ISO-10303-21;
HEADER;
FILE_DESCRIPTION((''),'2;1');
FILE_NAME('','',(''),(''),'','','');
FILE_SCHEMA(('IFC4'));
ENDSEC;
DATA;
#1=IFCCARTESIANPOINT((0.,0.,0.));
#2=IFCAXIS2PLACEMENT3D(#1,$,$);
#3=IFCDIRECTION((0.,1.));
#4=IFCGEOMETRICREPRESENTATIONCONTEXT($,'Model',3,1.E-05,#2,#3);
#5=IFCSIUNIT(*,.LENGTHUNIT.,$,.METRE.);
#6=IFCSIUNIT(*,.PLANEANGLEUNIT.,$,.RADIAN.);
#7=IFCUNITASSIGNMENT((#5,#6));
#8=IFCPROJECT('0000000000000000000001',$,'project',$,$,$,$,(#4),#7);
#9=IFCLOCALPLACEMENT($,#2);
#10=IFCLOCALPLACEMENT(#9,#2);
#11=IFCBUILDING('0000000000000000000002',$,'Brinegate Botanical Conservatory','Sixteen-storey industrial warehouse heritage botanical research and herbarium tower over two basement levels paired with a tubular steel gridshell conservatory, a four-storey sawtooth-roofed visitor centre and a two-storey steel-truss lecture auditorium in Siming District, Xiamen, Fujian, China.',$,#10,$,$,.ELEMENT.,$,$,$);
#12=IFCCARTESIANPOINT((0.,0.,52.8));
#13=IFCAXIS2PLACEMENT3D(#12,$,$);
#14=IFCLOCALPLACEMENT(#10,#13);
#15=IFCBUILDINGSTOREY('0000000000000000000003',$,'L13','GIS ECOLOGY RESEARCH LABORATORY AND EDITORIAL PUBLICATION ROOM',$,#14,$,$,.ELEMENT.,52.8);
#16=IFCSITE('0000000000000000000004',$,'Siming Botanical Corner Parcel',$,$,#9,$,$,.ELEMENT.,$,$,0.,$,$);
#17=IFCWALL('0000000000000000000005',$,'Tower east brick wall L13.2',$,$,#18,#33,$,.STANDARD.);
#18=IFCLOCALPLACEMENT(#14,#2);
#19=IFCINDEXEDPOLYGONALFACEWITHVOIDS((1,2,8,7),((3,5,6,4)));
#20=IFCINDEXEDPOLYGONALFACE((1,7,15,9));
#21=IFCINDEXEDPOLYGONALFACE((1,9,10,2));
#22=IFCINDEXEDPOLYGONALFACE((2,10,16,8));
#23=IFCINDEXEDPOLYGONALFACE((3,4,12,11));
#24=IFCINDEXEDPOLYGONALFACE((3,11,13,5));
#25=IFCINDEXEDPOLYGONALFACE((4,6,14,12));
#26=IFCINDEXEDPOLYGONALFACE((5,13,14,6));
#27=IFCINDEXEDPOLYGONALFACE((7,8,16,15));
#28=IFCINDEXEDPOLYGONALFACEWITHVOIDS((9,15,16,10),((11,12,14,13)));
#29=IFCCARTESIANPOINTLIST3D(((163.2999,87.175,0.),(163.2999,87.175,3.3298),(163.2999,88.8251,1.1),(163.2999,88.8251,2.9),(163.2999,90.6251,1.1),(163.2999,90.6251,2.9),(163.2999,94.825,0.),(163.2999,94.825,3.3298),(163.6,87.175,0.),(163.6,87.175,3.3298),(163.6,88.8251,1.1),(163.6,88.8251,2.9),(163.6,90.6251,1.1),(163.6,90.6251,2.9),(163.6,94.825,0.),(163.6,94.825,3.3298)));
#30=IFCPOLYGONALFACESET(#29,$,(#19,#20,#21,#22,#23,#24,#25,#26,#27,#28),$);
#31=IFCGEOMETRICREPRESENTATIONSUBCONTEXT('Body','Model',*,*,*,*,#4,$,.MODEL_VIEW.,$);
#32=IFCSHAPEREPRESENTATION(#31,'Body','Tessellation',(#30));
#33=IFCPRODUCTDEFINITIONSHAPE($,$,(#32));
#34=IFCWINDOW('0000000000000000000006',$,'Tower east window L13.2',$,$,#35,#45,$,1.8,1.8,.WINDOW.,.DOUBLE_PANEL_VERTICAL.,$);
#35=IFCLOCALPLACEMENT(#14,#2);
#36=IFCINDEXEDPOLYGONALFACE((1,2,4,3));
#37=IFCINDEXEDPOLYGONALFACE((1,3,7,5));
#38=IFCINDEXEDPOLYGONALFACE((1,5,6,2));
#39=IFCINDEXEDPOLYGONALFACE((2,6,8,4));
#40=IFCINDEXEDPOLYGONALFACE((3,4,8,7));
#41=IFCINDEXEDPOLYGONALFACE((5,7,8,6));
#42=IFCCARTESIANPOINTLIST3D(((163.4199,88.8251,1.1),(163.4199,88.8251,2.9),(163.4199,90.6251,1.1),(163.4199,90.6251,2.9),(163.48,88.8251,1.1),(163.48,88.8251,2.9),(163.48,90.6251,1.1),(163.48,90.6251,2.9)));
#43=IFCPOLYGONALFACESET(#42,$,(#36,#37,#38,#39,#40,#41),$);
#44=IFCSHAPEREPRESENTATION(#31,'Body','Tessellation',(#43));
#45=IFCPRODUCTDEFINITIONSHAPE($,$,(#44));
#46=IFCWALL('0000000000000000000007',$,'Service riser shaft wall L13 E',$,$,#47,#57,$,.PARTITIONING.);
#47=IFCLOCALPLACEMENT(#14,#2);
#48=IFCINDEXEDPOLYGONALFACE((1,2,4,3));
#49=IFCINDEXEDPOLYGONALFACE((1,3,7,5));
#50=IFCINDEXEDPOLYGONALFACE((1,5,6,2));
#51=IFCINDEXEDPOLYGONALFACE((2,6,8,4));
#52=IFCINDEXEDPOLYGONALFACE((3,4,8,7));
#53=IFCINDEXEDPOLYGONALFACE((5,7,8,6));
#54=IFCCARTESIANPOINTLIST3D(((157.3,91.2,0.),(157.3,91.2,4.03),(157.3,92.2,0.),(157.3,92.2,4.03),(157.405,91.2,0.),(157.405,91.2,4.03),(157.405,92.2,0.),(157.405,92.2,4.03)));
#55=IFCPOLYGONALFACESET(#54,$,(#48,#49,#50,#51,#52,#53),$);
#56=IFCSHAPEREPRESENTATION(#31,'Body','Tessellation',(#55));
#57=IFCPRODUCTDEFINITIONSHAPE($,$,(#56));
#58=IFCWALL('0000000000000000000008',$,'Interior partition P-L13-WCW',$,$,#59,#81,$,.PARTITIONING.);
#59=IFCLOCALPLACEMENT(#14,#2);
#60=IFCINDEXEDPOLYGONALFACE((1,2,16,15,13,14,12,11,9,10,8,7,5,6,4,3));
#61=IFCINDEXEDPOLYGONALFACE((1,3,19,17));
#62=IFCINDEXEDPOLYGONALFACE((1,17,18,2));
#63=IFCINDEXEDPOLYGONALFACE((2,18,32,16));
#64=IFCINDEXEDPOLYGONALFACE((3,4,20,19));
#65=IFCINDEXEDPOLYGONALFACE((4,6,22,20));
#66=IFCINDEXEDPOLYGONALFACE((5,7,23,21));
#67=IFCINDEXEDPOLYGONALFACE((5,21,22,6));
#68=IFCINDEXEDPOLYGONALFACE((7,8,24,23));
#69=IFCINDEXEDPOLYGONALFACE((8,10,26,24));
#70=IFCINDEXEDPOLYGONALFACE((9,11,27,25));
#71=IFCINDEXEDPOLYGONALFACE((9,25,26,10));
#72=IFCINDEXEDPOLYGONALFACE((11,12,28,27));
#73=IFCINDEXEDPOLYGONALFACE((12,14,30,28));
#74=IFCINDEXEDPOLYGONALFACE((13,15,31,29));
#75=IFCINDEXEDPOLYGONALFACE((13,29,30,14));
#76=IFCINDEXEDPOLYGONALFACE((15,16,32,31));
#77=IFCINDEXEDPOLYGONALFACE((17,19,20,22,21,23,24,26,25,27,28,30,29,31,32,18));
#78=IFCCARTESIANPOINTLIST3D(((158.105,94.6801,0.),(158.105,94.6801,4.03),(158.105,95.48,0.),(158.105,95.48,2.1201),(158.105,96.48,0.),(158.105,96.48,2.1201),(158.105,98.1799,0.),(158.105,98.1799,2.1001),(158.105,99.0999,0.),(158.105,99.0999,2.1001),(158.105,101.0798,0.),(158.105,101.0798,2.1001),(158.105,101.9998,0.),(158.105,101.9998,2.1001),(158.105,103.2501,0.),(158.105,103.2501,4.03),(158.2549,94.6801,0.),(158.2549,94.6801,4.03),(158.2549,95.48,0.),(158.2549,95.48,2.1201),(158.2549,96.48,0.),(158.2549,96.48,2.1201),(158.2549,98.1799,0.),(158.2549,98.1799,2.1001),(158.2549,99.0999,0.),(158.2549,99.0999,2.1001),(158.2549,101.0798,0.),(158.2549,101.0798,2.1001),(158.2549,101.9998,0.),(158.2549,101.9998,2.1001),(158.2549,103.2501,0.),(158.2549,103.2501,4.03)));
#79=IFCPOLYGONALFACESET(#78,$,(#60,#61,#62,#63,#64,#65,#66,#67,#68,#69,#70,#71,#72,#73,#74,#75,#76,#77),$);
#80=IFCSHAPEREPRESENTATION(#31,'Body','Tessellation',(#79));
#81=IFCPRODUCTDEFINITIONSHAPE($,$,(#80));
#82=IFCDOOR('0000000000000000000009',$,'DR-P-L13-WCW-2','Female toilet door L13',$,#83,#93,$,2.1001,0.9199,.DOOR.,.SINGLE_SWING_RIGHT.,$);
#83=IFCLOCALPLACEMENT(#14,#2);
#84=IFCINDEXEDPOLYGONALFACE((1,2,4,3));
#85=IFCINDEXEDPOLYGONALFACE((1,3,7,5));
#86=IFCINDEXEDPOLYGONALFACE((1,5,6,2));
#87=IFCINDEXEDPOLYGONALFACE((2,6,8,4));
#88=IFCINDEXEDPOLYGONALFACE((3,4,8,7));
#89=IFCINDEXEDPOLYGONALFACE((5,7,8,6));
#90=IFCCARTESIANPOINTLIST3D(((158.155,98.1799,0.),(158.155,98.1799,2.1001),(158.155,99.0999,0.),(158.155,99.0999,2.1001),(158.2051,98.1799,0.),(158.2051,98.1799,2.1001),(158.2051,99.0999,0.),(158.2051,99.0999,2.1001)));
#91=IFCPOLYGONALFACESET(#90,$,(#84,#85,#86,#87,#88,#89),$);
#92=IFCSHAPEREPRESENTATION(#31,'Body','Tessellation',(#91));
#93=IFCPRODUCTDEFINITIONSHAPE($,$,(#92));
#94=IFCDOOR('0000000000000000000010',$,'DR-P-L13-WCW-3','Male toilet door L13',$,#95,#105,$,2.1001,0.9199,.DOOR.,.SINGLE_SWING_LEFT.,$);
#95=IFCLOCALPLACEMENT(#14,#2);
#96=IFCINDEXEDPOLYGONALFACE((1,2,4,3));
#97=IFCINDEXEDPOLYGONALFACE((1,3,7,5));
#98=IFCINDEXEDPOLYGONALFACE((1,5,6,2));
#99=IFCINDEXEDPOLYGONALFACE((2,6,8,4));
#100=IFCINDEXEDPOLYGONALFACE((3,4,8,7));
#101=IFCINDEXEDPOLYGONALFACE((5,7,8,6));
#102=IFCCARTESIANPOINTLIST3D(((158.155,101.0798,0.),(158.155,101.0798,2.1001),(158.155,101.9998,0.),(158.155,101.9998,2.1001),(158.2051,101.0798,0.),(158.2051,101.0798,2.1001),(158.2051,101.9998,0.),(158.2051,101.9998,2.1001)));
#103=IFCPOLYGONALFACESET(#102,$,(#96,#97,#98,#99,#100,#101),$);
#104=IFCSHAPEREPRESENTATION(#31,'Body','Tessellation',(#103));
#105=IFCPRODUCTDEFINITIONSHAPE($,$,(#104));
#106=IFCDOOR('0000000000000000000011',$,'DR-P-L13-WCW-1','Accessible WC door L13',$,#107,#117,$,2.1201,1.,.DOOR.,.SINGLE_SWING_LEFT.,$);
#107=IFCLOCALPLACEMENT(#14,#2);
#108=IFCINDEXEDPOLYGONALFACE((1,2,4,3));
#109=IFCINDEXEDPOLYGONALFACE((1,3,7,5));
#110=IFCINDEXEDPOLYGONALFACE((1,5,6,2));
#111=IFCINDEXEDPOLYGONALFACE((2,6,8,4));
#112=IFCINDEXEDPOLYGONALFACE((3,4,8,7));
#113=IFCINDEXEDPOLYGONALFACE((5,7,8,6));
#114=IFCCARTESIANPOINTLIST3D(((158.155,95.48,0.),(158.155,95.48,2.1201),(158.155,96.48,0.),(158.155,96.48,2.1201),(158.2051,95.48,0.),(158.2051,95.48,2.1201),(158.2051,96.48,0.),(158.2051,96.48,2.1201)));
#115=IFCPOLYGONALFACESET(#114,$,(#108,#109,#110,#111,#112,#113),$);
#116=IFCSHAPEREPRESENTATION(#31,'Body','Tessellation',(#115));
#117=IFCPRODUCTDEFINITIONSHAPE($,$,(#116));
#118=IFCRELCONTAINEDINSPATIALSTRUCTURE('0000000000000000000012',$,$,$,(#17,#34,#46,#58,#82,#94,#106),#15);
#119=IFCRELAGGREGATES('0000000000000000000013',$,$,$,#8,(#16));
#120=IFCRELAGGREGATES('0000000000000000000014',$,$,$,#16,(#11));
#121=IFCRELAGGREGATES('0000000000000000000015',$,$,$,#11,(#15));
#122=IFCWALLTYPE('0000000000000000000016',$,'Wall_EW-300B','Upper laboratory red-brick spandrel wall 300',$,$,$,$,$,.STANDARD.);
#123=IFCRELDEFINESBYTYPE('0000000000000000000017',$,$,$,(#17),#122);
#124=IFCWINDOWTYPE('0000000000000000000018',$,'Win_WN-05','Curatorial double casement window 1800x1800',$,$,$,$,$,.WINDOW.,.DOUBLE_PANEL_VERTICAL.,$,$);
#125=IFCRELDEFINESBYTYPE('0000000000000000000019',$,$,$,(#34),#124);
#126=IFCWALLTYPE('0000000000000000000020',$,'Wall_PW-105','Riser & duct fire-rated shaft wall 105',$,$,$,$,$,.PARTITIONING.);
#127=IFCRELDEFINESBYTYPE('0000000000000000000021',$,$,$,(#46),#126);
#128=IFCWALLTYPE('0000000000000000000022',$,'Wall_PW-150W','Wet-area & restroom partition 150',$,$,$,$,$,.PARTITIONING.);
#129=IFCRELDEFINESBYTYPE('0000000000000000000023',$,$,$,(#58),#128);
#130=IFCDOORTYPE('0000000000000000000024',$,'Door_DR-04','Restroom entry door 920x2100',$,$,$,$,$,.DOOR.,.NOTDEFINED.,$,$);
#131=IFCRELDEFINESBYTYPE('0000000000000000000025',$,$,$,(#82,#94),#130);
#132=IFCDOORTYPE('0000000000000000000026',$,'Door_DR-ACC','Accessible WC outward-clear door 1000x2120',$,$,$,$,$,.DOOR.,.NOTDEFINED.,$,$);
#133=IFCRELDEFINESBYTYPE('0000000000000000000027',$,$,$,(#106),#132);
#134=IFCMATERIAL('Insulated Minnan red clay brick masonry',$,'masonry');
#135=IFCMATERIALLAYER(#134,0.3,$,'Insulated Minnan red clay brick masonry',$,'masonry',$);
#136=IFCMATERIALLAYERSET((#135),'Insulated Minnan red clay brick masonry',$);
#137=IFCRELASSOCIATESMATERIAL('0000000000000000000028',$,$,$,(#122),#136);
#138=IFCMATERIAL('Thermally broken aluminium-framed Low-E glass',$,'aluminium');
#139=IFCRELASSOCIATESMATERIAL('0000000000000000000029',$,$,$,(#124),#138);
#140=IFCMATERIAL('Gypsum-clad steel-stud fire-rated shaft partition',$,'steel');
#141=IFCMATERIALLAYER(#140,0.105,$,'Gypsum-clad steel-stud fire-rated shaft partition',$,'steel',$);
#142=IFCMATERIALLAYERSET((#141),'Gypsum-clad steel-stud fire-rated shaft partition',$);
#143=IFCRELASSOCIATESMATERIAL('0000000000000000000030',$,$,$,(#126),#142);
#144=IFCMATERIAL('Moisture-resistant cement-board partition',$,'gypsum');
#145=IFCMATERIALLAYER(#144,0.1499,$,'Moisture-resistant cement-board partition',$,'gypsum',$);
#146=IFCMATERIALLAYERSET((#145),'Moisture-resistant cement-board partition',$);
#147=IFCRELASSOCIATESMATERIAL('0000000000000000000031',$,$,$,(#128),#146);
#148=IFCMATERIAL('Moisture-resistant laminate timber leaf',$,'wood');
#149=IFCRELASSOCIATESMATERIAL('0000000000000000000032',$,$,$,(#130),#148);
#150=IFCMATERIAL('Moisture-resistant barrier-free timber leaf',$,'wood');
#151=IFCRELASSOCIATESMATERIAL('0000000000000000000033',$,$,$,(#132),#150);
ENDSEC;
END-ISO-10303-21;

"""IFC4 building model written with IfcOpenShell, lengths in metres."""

from ifc_helpers import new_model, si_unit, direction, frame, frame_2d, origin, place, context, subcontext, project, spatial, rectangle, extrude, material, layer, layer_set, type_object, element, fill, save


model = new_model("IFC4")

# Units and contexts
model_context = context("Model", 3, precision=1e-05, world=origin(), true_north=direction((0.0, 1.0)))
body_context = subcontext(model_context, "Body", "Model", "MODEL_VIEW")
ifc_project = project(units=[si_unit("LENGTHUNIT", "METRE"), si_unit("PLANEANGLEUNIT", "RADIAN")], contexts=[model_context])

# Site, building, storey
site_placement = place(None, origin())
site = spatial("IfcSite", under=ifc_project, at=site_placement, Name="Siming Botanical Corner Parcel", CompositionType="ELEMENT", RefElevation=0.0)
building_placement = place(site_placement, origin())
building = spatial("IfcBuilding", under=site, at=building_placement, Name="Brinegate Botanical Conservatory", Description="Sixteen-storey industrial warehouse heritage botanical research and herbarium tower over two basement levels paired with a tubular steel gridshell conservatory, a four-storey sawtooth-roofed visitor centre and a two-storey steel-truss lecture auditorium in Siming District, Xiamen, Fujian, China.", CompositionType="ELEMENT")
storey_placement = place(building_placement, frame((0.0, 0.0, 52.8)))
storey = spatial("IfcBuildingStorey", under=building, at=storey_placement, Name="L13", Description="GIS ECOLOGY RESEARCH LABORATORY AND EDITORIAL PUBLICATION ROOM", CompositionType="ELEMENT", Elevation=52.8)

# Wall, opening, window
ifc_material_1 = material(Name="Insulated Minnan red clay brick masonry", Category="masonry")
ifc_layer_1 = layer(ifc_material_1, 0.3, Name="Insulated Minnan red clay brick masonry", Category="masonry")
ifc_layer_set_1 = layer_set([ifc_layer_1], Name="Insulated Minnan red clay brick masonry")
wall_type_1 = type_object("IfcWallType", Name="Wall_EW-300B", Description="Upper laboratory red-brick spandrel wall 300", PredefinedType="STANDARD", material=ifc_layer_set_1)
wall_1_placement = place(storey_placement, frame((163.45, 94.825, 0.0), z_axis=(0.0, 0.0, 1.0), x_axis=(0.0, -1.0, 0.0)))
wall_1 = element("IfcWall", 1, at=wall_1_placement, inside=storey, type_object=wall_type_1, Name="Tower east brick wall L13.2", PredefinedType="STANDARD", context=body_context, shape_type="SweptSolid", body=[
    extrude(rectangle(XDim=7.6499, YDim=0.3, at=frame_2d((3.825, 0.0))), origin(), (0.0, 0.0, 1.0), 3.3298),
])
opening_1_placement = place(wall_1_placement, frame((4.2, 0.0, 1.1001)))
opening_1 = element("IfcOpeningElement", 2, at=opening_1_placement, cuts=wall_1, PredefinedType="OPENING", context=body_context, shape_type="SweptSolid", body=[
    extrude(rectangle(XDim=1.8, YDim=1.8, at=frame_2d((0.8999, 0.8999))), frame((0.0, 0.1599, 0.0), z_axis=(0.0, -1.0, 0.0), x_axis=(1.0, 0.0, 0.0)), (0.0, 0.0, 1.0), 0.3201),
])
ifc_material_2 = material(Name="Thermally broken aluminium-framed Low-E glass", Category="aluminium")
window_type = type_object("IfcWindowType", Name="Win_WN-05", Description="Curatorial double casement window 1800x1800", PartitioningType="DOUBLE_PANEL_VERTICAL", PredefinedType="WINDOW", material=ifc_material_2)
window_placement = place(opening_1_placement, origin())
window = element("IfcWindow", 3, at=window_placement, inside=storey, type_object=window_type, Name="Tower east window L13.2", OverallHeight=1.8, OverallWidth=1.8, PartitioningType="DOUBLE_PANEL_VERTICAL", PredefinedType="WINDOW", context=body_context, shape_type="SweptSolid", body=[
    extrude(rectangle(XDim=1.8, YDim=1.8, at=frame_2d((0.8999, 0.8999))), frame((0.0, 0.03, 0.0), z_axis=(0.0, -1.0, 0.0), x_axis=(1.0, 0.0, 0.0)), (0.0, 0.0, 1.0), 0.0601),
])
fill(opening_1, window)

# Wall
ifc_material_3 = material(Name="Gypsum-clad steel-stud fire-rated shaft partition", Category="steel")
ifc_layer_2 = layer(ifc_material_3, 0.105, Name="Gypsum-clad steel-stud fire-rated shaft partition", Category="steel")
ifc_layer_set_2 = layer_set([ifc_layer_2], Name="Gypsum-clad steel-stud fire-rated shaft partition")
wall_type_2 = type_object("IfcWallType", Name="Wall_PW-105", Description="Riser & duct fire-rated shaft wall 105", PredefinedType="PARTITIONING", material=ifc_layer_set_2)
wall_2_placement = place(storey_placement, frame((157.3525, 91.2, 0.0), z_axis=(0.0, 0.0, 1.0), x_axis=(0.0, 1.0, 0.0)))
element("IfcWall", 4, at=wall_2_placement, inside=storey, type_object=wall_type_2, Name="Service riser shaft wall L13 E", PredefinedType="PARTITIONING", context=body_context, shape_type="SweptSolid", body=[
    extrude(rectangle(XDim=1.0, YDim=0.105, at=frame_2d((0.5, 0.0))), origin(), (0.0, 0.0, 1.0), 4.03),
])

# Wall, openings, doors
ifc_material_4 = material(Name="Moisture-resistant cement-board partition", Category="gypsum")
ifc_layer_3 = layer(ifc_material_4, 0.1499, Name="Moisture-resistant cement-board partition", Category="gypsum")
ifc_layer_set_3 = layer_set([ifc_layer_3], Name="Moisture-resistant cement-board partition")
wall_type_3 = type_object("IfcWallType", Name="Wall_PW-150W", Description="Wet-area & restroom partition 150", PredefinedType="PARTITIONING", material=ifc_layer_set_3)
wall_3_placement = place(storey_placement, frame((158.1799, 94.6799, 0.0), z_axis=(0.0, 0.0, 1.0), x_axis=(0.0, 1.0, 0.0)))
wall_3 = element("IfcWall", 5, at=wall_3_placement, inside=storey, type_object=wall_type_3, Name="Interior partition P-L13-WCW", PredefinedType="PARTITIONING", context=body_context, shape_type="SweptSolid", body=[
    extrude(rectangle(XDim=8.5701, YDim=0.1499, at=frame_2d((4.2852, 0.0))), origin(), (0.0, 0.0, 1.0), 4.03),
])
opening_2_placement = place(wall_3_placement, frame((0.8, 0.0, 0.0)))
opening_2 = element("IfcOpeningElement", 6, at=opening_2_placement, cuts=wall_3, PredefinedType="OPENING", context=body_context, shape_type="SweptSolid", body=[
    extrude(rectangle(XDim=1.0, YDim=2.1201, at=frame_2d((0.5, 1.0601))), frame((0.0, 0.085, 0.0), z_axis=(0.0, -1.0, 0.0), x_axis=(1.0, 0.0, 0.0)), (0.0, 0.0, 1.0), 0.1699),
])
opening_3_placement = place(wall_3_placement, frame((3.5, 0.0, 0.0)))
opening_3 = element("IfcOpeningElement", 7, at=opening_3_placement, cuts=wall_3, PredefinedType="OPENING", context=body_context, shape_type="SweptSolid", body=[
    extrude(rectangle(XDim=0.9199, YDim=2.1001, at=frame_2d((0.46, 1.05))), frame((0.0, 0.085, 0.0), z_axis=(0.0, -1.0, 0.0), x_axis=(1.0, 0.0, 0.0)), (0.0, 0.0, 1.0), 0.1699),
])
opening_4_placement = place(wall_3_placement, frame((6.3999, 0.0, 0.0)))
opening_4 = element("IfcOpeningElement", 8, at=opening_4_placement, cuts=wall_3, PredefinedType="OPENING", context=body_context, shape_type="SweptSolid", body=[
    extrude(rectangle(XDim=0.9199, YDim=2.1001, at=frame_2d((0.46, 1.05))), frame((0.0, 0.085, 0.0), z_axis=(0.0, -1.0, 0.0), x_axis=(1.0, 0.0, 0.0)), (0.0, 0.0, 1.0), 0.1699),
])
ifc_material_5 = material(Name="Moisture-resistant laminate timber leaf", Category="wood")
door_type_1 = type_object("IfcDoorType", Name="Door_DR-04", Description="Restroom entry door 920x2100", OperationType="NOTDEFINED", PredefinedType="DOOR", material=ifc_material_5)
door_1_placement = place(opening_3_placement, origin())
door_1 = element("IfcDoor", 9, at=door_1_placement, inside=storey, type_object=door_type_1, Name="DR-P-L13-WCW-2", Description="Female toilet door L13", OperationType="SINGLE_SWING_RIGHT", OverallHeight=2.1001, OverallWidth=0.9199, PredefinedType="DOOR", context=body_context, shape_type="SweptSolid", body=[
    extrude(rectangle(XDim=0.9199, YDim=2.1001, at=frame_2d((0.46, 1.05))), frame((0.0, 0.0249, 0.0), z_axis=(0.0, -1.0, 0.0), x_axis=(1.0, 0.0, 0.0)), (0.0, 0.0, 1.0), 0.05),
])
fill(opening_3, door_1)
door_2_placement = place(opening_4_placement, origin())
door_2 = element("IfcDoor", 10, at=door_2_placement, inside=storey, type_object=door_type_1, Name="DR-P-L13-WCW-3", Description="Male toilet door L13", OperationType="SINGLE_SWING_LEFT", OverallHeight=2.1001, OverallWidth=0.9199, PredefinedType="DOOR", context=body_context, shape_type="SweptSolid", body=[
    extrude(rectangle(XDim=0.9199, YDim=2.1001, at=frame_2d((0.46, 1.05))), frame((0.0, 0.0249, 0.0), z_axis=(0.0, -1.0, 0.0), x_axis=(1.0, 0.0, 0.0)), (0.0, 0.0, 1.0), 0.05),
])
fill(opening_4, door_2)
ifc_material_6 = material(Name="Moisture-resistant barrier-free timber leaf", Category="wood")
door_type_2 = type_object("IfcDoorType", Name="Door_DR-ACC", Description="Accessible WC outward-clear door 1000x2120", OperationType="NOTDEFINED", PredefinedType="DOOR", material=ifc_material_6)
door_3_placement = place(opening_2_placement, origin())
door_3 = element("IfcDoor", 11, at=door_3_placement, inside=storey, type_object=door_type_2, Name="DR-P-L13-WCW-1", Description="Accessible WC door L13", OperationType="SINGLE_SWING_LEFT", OverallHeight=2.1201, OverallWidth=1.0, PredefinedType="DOOR", context=body_context, shape_type="SweptSolid", body=[
    extrude(rectangle(XDim=1.0, YDim=2.1201, at=frame_2d((0.5, 1.0601))), frame((0.0, 0.0249, 0.0), z_axis=(0.0, -1.0, 0.0), x_axis=(1.0, 0.0, 0.0)), (0.0, 0.0, 1.0), 0.05),
])
fill(opening_2, door_3)

save(model, "model.ifc")
